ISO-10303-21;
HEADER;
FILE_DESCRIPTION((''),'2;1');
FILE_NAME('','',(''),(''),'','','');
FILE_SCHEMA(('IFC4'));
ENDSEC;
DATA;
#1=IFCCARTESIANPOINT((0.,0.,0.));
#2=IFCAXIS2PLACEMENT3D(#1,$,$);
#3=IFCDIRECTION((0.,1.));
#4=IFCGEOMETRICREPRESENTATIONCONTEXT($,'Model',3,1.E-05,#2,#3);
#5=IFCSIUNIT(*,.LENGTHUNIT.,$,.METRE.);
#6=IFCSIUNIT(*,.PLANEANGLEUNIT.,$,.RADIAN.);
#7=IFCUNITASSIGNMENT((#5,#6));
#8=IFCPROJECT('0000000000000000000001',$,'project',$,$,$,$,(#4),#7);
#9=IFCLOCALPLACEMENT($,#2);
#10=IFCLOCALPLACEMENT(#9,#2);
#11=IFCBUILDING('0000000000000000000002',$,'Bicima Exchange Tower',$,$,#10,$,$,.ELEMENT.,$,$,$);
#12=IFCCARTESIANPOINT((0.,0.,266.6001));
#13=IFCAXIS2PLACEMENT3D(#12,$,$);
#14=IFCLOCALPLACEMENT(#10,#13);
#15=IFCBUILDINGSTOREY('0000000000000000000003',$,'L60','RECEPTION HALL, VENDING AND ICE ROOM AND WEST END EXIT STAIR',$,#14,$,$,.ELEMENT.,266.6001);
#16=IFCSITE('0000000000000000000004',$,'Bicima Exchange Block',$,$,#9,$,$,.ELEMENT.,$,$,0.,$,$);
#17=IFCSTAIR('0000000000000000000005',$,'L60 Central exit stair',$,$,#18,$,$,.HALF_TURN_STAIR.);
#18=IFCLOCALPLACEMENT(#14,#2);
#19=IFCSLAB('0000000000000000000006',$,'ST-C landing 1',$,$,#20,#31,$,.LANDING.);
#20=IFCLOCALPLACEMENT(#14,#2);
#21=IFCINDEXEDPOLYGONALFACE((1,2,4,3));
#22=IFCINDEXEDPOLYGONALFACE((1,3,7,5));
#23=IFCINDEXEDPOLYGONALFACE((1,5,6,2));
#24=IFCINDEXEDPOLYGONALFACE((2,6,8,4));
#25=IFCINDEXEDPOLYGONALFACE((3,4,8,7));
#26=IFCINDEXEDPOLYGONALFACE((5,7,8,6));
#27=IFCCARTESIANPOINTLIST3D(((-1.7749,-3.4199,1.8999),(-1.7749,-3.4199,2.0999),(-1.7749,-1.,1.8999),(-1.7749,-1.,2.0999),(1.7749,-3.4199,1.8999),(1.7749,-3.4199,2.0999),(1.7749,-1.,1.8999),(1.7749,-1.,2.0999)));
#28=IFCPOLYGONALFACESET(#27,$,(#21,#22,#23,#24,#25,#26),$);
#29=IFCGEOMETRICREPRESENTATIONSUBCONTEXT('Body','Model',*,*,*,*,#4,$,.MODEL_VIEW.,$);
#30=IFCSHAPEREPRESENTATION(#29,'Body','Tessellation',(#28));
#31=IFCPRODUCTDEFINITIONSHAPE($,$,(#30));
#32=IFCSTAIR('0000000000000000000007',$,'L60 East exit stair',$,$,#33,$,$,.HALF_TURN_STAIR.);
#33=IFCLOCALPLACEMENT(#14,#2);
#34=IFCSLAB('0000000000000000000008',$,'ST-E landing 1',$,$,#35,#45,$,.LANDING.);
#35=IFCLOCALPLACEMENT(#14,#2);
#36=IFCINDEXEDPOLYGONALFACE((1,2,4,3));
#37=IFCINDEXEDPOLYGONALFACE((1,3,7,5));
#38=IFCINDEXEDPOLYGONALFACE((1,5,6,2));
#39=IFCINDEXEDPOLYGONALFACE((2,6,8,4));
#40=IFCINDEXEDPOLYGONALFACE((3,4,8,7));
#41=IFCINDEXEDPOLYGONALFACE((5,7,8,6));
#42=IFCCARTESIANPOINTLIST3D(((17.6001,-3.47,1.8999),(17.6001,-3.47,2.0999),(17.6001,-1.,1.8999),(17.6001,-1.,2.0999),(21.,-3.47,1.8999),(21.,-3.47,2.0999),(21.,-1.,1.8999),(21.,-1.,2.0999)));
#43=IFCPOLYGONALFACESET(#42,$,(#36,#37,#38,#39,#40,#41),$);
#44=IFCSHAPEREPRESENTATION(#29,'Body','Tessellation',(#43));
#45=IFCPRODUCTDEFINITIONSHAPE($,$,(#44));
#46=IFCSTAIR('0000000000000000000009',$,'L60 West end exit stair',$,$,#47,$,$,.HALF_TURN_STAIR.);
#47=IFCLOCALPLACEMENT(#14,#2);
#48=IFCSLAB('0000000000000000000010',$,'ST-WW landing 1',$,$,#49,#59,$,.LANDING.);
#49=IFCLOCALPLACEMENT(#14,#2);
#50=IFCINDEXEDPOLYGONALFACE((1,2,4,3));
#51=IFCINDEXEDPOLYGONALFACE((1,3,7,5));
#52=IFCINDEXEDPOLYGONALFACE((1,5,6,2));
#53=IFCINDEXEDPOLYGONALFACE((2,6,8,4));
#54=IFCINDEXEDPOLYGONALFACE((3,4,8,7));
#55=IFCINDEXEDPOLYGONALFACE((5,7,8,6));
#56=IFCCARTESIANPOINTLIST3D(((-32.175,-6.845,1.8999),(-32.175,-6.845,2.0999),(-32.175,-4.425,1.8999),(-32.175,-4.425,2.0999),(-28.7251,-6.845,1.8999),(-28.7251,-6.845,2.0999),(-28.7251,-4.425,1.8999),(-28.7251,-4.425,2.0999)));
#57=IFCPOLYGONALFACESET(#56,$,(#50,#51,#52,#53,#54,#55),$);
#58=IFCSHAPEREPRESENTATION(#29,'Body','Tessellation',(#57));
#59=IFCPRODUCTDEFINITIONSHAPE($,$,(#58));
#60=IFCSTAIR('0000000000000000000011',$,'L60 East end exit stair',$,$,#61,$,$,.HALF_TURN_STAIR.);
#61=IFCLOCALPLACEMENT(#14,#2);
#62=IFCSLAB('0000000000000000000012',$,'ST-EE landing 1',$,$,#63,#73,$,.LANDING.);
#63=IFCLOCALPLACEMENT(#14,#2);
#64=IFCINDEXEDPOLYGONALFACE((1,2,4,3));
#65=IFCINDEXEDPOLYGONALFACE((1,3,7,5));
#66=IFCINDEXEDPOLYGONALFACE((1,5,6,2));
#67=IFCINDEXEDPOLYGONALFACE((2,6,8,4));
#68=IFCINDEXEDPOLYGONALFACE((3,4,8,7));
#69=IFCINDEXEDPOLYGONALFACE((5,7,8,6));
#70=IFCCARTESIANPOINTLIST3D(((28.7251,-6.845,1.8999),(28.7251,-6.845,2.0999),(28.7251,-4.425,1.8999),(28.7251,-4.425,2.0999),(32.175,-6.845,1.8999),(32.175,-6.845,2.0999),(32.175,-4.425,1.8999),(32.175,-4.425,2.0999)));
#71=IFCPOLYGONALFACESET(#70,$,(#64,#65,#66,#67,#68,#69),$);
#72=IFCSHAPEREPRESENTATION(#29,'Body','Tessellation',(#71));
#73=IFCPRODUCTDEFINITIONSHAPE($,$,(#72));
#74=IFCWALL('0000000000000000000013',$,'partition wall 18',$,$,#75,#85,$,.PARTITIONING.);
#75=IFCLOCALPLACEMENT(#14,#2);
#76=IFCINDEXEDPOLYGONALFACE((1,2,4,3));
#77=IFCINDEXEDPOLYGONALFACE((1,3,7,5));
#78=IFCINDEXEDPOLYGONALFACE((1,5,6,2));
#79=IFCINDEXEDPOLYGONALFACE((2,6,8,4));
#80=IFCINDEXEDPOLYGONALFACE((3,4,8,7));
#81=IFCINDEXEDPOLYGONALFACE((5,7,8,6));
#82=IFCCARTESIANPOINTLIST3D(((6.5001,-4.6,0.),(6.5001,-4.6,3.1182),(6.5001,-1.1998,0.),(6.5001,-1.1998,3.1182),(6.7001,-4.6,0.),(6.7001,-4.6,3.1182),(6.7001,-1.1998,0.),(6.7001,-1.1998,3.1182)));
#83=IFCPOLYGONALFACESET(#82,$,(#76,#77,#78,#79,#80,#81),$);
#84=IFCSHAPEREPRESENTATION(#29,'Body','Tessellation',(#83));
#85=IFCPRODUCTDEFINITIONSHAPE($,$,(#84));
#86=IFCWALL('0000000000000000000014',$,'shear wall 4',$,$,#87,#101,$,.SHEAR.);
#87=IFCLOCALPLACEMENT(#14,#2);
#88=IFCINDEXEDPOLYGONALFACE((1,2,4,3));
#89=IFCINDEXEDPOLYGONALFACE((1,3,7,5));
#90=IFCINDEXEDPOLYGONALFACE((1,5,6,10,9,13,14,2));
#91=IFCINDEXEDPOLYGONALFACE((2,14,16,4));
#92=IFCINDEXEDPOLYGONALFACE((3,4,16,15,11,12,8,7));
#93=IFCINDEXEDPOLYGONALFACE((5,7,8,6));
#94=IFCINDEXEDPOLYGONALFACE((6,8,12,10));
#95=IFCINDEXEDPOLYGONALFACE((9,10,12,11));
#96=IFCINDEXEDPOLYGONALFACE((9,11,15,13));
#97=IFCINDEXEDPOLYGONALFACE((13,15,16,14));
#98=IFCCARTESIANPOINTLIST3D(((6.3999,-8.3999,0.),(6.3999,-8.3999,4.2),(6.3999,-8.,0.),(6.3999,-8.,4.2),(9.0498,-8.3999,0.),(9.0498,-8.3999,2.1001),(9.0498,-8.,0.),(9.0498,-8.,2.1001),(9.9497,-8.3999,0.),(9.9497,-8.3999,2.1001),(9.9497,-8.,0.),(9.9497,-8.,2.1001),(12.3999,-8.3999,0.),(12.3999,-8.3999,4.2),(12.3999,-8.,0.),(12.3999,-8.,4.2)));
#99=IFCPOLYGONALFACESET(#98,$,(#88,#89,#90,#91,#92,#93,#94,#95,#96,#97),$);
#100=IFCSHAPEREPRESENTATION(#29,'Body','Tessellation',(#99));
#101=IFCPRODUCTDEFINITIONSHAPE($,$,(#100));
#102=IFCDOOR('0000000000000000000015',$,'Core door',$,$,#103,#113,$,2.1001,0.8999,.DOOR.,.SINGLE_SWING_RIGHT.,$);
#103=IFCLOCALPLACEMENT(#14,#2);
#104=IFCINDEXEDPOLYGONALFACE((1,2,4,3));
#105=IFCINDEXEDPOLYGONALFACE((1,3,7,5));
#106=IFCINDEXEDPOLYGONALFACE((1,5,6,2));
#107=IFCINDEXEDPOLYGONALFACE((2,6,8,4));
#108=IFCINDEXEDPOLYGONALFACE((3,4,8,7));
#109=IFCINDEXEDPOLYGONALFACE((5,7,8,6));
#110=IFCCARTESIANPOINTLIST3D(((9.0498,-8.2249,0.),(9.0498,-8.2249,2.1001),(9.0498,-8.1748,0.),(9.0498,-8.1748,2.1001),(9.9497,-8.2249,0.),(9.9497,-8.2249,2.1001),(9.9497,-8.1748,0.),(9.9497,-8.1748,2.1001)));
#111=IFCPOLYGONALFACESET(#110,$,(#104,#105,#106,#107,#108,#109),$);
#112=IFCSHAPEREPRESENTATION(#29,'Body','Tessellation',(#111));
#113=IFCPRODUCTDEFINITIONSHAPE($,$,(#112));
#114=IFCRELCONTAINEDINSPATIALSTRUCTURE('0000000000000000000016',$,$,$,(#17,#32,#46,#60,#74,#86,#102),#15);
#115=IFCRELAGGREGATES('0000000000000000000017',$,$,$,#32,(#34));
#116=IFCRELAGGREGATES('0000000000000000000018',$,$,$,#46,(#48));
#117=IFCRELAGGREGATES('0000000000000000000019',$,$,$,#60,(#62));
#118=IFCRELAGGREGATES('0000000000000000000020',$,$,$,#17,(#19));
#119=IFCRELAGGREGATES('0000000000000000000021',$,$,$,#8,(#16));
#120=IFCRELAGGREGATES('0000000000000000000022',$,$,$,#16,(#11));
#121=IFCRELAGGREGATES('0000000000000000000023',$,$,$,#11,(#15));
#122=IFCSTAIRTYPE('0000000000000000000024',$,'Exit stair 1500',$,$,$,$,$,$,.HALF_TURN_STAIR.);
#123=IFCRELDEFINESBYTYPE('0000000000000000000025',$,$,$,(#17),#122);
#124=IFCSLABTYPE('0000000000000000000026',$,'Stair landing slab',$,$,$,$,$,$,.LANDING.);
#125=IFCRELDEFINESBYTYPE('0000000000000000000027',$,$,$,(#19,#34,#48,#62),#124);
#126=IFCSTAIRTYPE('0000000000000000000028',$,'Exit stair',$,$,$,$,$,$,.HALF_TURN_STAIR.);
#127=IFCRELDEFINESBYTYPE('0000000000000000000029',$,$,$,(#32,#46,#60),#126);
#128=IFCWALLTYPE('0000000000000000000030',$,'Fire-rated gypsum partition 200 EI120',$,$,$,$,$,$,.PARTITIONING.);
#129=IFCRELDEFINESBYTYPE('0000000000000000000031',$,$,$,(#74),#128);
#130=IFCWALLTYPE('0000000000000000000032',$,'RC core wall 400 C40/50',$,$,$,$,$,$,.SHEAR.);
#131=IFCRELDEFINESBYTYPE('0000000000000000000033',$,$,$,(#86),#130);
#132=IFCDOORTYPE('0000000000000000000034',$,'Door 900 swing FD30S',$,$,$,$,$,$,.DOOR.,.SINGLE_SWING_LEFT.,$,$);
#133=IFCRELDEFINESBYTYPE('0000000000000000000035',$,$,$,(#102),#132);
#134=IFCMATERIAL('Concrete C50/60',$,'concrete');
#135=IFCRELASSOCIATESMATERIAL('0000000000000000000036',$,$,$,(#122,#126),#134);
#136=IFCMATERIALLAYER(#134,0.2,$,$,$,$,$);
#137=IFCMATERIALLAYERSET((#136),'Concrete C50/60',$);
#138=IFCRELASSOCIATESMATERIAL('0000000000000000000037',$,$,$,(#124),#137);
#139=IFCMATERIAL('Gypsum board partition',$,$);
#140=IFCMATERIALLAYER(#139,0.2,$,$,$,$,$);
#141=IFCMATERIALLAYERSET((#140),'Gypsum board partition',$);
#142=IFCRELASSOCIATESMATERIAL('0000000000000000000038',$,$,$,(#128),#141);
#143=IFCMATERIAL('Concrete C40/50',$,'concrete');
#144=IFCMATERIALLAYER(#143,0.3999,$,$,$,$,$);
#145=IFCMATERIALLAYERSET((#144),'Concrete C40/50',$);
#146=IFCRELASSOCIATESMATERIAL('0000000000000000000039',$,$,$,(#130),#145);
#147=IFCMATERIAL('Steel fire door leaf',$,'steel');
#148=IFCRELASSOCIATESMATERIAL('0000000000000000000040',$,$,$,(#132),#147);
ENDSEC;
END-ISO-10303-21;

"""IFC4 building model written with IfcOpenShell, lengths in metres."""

from ifc_helpers import new_model, si_unit, direction, frame, frame_2d, origin, place, context, subcontext, project, spatial, polyline, rectangle, outline, extrude, material, layer, layer_set, type_object, element, fill, aggregate, save


model = new_model("IFC4")

# Units and contexts
model_context = context("Model", 3, precision=1e-05, world=origin(), true_north=direction((0.0, 1.0)))
body_context = subcontext(model_context, "Body", "Model", "MODEL_VIEW")
ifc_project = project(units=[si_unit("LENGTHUNIT", "METRE"), si_unit("PLANEANGLEUNIT", "RADIAN")], contexts=[model_context])

# Site, building, storey
site_placement = place(None, origin())
site = spatial("IfcSite", under=ifc_project, at=site_placement, Name="Bicima Exchange Block", CompositionType="ELEMENT", RefElevation=0.0)
building_placement = place(site_placement, origin())
building = spatial("IfcBuilding", under=site, at=building_placement, Name="Bicima Exchange Tower", CompositionType="ELEMENT")
storey_placement = place(building_placement, frame((0.0, 0.0, 266.6001)))
storey = spatial("IfcBuildingStorey", under=building, at=storey_placement, Name="L60", Description="RECEPTION HALL, VENDING AND ICE ROOM AND WEST END EXIT STAIR", CompositionType="ELEMENT", Elevation=266.6001)

# Stairs, slabs
ifc_material_1 = material(Name="Concrete C50/60", Category="concrete")
stair_type_1 = type_object("IfcStairType", Name="Exit stair 1500", PredefinedType="HALF_TURN_STAIR", material=ifc_material_1)
stair_1_placement = place(storey_placement, origin())
stair_1 = element("IfcStair", 1, at=stair_1_placement, inside=storey, type_object=stair_type_1, Name="L60 Central exit stair", PredefinedType="HALF_TURN_STAIR")
ifc_layer_1 = layer(ifc_material_1, 0.2)
ifc_layer_set_1 = layer_set([ifc_layer_1], Name="Concrete C50/60")
slab_type = type_object("IfcSlabType", Name="Stair landing slab", PredefinedType="LANDING", material=ifc_layer_set_1)
slab_1_placement = place(storey_placement, frame((0.0, 0.0, 1.8999)))
slab_1 = element("IfcSlab", 2, at=slab_1_placement, type_object=slab_type, Name="ST-C landing 1", PredefinedType="LANDING", context=body_context, shape_type="SweptSolid", body=[
    extrude(outline(polyline([(1.7749, -3.4199), (1.7749, -1.0), (-1.7749, -1.0), (-1.7749, -3.4199), (1.7749, -3.4199)])), origin(), (0.0, 0.0, 1.0), 0.2),
])
stair_type_2 = type_object("IfcStairType", Name="Exit stair", PredefinedType="HALF_TURN_STAIR", material=ifc_material_1)
stair_2_placement = place(storey_placement, origin())
stair_2 = element("IfcStair", 3, at=stair_2_placement, inside=storey, type_object=stair_type_2, Name="L60 East exit stair", PredefinedType="HALF_TURN_STAIR")
slab_2_placement = place(storey_placement, frame((0.0, 0.0, 1.8999)))
slab_2 = element("IfcSlab", 4, at=slab_2_placement, type_object=slab_type, Name="ST-E landing 1", PredefinedType="LANDING", context=body_context, shape_type="SweptSolid", body=[
    extrude(outline(polyline([(21.0, -3.47), (21.0, -1.0), (17.6001, -1.0), (17.6001, -3.47), (21.0, -3.47)])), origin(), (0.0, 0.0, 1.0), 0.2),
])
aggregate(stair_2, [slab_2])
stair_3_placement = place(storey_placement, origin())
stair_3 = element("IfcStair", 5, at=stair_3_placement, inside=storey, type_object=stair_type_2, Name="L60 West end exit stair", PredefinedType="HALF_TURN_STAIR")
slab_3_placement = place(storey_placement, frame((0.0, 0.0, 1.8999)))
slab_3 = element("IfcSlab", 6, at=slab_3_placement, type_object=slab_type, Name="ST-WW landing 1", PredefinedType="LANDING", context=body_context, shape_type="SweptSolid", body=[
    extrude(outline(polyline([(-28.7251, -6.845), (-28.7251, -4.425), (-32.175, -4.425), (-32.175, -6.845), (-28.7251, -6.845)])), origin(), (0.0, 0.0, 1.0), 0.2),
])
aggregate(stair_3, [slab_3])
stair_4_placement = place(storey_placement, origin())
stair_4 = element("IfcStair", 7, at=stair_4_placement, inside=storey, type_object=stair_type_2, Name="L60 East end exit stair", PredefinedType="HALF_TURN_STAIR")
slab_4_placement = place(storey_placement, frame((0.0, 0.0, 1.8999)))
slab_4 = element("IfcSlab", 8, at=slab_4_placement, type_object=slab_type, Name="ST-EE landing 1", PredefinedType="LANDING", context=body_context, shape_type="SweptSolid", body=[
    extrude(outline(polyline([(32.175, -6.845), (32.175, -4.425), (28.7251, -4.425), (28.7251, -6.845), (32.175, -6.845)])), origin(), (0.0, 0.0, 1.0), 0.2),
])
aggregate(stair_4, [slab_4])

# Wall
ifc_material_2 = material(Name="Gypsum board partition")
ifc_layer_2 = layer(ifc_material_2, 0.2)
ifc_layer_set_2 = layer_set([ifc_layer_2], Name="Gypsum board partition")
wall_type_1 = type_object("IfcWallType", Name="Fire-rated gypsum partition 200 EI120", PredefinedType="PARTITIONING", material=ifc_layer_set_2)
wall_1_placement = place(storey_placement, frame((6.6001, -4.6001, 0.0), z_axis=(0.0, 0.0, 1.0), x_axis=(0.0, 1.0, 0.0)))
element("IfcWall", 9, at=wall_1_placement, inside=storey, type_object=wall_type_1, Name="partition wall 18", PredefinedType="PARTITIONING", context=body_context, shape_type="SweptSolid", body=[
    extrude(rectangle(XDim=3.4001, YDim=0.2, at=frame_2d((1.7002, 0.0))), origin(), (0.0, 0.0, 1.0), 3.1182),
])

# Wall, opening, door
ifc_material_3 = material(Name="Concrete C40/50", Category="concrete")
ifc_layer_3 = layer(ifc_material_3, 0.3999)
ifc_layer_set_3 = layer_set([ifc_layer_3], Name="Concrete C40/50")
wall_type_2 = type_object("IfcWallType", Name="RC core wall 400 C40/50", PredefinedType="SHEAR", material=ifc_layer_set_3)
wall_2_placement = place(storey_placement, frame((6.3999, -8.2, 0.0), z_axis=(0.0, 0.0, 1.0), x_axis=(1.0, 0.0, 0.0)))
wall_2 = element("IfcWall", 10, at=wall_2_placement, inside=storey, type_object=wall_type_2, Name="shear wall 4", PredefinedType="SHEAR", context=body_context, shape_type="SweptSolid", body=[
    extrude(rectangle(XDim=6.0, YDim=0.3999, at=frame_2d((3.0, 0.0))), origin(), (0.0, 0.0, 1.0), 4.2),
])
opening_1_placement = place(wall_2_placement, frame((2.6499, 0.0, 0.0)))
opening_1 = element("IfcOpeningElement", 11, at=opening_1_placement, cuts=wall_2, PredefinedType="OPENING", context=body_context, shape_type="SweptSolid", body=[
    extrude(rectangle(XDim=0.8999, YDim=2.1001, at=frame_2d((0.45, 1.05))), frame((0.0, 0.2119, 0.0), z_axis=(0.0, -1.0, 0.0), x_axis=(1.0, 0.0, 0.0)), (0.0, 0.0, 1.0), 0.4238),
])
ifc_material_4 = material(Name="Steel fire door leaf", Category="steel")
door_type_1 = type_object("IfcDoorType", Name="Door 900 swing FD30S", OperationType="SINGLE_SWING_LEFT", PredefinedType="DOOR", material=ifc_material_4)
door_1_placement = place(opening_1_placement, frame((0.8999, 0.0, 0.0), z_axis=(0.0, 0.0, 1.0), x_axis=(-1.0, 0.0, 0.0)))
door_1 = element("IfcDoor", 12, at=door_1_placement, inside=storey, type_object=door_type_1, Name="Core door", OperationType="SINGLE_SWING_RIGHT", OverallHeight=2.1001, OverallWidth=0.8999, PredefinedType="DOOR", context=body_context, shape_type="SweptSolid", body=[
    extrude(rectangle(XDim=0.8999, YDim=2.1001, at=frame_2d((0.45, 1.05))), frame((0.0, 0.0249, 0.0), z_axis=(0.0, -1.0, 0.0), x_axis=(1.0, 0.0, 0.0)), (0.0, 0.0, 1.0), 0.05),
])
fill(opening_1, door_1)

aggregate(stair_1, [slab_1])

save(model, "model.ifc")
